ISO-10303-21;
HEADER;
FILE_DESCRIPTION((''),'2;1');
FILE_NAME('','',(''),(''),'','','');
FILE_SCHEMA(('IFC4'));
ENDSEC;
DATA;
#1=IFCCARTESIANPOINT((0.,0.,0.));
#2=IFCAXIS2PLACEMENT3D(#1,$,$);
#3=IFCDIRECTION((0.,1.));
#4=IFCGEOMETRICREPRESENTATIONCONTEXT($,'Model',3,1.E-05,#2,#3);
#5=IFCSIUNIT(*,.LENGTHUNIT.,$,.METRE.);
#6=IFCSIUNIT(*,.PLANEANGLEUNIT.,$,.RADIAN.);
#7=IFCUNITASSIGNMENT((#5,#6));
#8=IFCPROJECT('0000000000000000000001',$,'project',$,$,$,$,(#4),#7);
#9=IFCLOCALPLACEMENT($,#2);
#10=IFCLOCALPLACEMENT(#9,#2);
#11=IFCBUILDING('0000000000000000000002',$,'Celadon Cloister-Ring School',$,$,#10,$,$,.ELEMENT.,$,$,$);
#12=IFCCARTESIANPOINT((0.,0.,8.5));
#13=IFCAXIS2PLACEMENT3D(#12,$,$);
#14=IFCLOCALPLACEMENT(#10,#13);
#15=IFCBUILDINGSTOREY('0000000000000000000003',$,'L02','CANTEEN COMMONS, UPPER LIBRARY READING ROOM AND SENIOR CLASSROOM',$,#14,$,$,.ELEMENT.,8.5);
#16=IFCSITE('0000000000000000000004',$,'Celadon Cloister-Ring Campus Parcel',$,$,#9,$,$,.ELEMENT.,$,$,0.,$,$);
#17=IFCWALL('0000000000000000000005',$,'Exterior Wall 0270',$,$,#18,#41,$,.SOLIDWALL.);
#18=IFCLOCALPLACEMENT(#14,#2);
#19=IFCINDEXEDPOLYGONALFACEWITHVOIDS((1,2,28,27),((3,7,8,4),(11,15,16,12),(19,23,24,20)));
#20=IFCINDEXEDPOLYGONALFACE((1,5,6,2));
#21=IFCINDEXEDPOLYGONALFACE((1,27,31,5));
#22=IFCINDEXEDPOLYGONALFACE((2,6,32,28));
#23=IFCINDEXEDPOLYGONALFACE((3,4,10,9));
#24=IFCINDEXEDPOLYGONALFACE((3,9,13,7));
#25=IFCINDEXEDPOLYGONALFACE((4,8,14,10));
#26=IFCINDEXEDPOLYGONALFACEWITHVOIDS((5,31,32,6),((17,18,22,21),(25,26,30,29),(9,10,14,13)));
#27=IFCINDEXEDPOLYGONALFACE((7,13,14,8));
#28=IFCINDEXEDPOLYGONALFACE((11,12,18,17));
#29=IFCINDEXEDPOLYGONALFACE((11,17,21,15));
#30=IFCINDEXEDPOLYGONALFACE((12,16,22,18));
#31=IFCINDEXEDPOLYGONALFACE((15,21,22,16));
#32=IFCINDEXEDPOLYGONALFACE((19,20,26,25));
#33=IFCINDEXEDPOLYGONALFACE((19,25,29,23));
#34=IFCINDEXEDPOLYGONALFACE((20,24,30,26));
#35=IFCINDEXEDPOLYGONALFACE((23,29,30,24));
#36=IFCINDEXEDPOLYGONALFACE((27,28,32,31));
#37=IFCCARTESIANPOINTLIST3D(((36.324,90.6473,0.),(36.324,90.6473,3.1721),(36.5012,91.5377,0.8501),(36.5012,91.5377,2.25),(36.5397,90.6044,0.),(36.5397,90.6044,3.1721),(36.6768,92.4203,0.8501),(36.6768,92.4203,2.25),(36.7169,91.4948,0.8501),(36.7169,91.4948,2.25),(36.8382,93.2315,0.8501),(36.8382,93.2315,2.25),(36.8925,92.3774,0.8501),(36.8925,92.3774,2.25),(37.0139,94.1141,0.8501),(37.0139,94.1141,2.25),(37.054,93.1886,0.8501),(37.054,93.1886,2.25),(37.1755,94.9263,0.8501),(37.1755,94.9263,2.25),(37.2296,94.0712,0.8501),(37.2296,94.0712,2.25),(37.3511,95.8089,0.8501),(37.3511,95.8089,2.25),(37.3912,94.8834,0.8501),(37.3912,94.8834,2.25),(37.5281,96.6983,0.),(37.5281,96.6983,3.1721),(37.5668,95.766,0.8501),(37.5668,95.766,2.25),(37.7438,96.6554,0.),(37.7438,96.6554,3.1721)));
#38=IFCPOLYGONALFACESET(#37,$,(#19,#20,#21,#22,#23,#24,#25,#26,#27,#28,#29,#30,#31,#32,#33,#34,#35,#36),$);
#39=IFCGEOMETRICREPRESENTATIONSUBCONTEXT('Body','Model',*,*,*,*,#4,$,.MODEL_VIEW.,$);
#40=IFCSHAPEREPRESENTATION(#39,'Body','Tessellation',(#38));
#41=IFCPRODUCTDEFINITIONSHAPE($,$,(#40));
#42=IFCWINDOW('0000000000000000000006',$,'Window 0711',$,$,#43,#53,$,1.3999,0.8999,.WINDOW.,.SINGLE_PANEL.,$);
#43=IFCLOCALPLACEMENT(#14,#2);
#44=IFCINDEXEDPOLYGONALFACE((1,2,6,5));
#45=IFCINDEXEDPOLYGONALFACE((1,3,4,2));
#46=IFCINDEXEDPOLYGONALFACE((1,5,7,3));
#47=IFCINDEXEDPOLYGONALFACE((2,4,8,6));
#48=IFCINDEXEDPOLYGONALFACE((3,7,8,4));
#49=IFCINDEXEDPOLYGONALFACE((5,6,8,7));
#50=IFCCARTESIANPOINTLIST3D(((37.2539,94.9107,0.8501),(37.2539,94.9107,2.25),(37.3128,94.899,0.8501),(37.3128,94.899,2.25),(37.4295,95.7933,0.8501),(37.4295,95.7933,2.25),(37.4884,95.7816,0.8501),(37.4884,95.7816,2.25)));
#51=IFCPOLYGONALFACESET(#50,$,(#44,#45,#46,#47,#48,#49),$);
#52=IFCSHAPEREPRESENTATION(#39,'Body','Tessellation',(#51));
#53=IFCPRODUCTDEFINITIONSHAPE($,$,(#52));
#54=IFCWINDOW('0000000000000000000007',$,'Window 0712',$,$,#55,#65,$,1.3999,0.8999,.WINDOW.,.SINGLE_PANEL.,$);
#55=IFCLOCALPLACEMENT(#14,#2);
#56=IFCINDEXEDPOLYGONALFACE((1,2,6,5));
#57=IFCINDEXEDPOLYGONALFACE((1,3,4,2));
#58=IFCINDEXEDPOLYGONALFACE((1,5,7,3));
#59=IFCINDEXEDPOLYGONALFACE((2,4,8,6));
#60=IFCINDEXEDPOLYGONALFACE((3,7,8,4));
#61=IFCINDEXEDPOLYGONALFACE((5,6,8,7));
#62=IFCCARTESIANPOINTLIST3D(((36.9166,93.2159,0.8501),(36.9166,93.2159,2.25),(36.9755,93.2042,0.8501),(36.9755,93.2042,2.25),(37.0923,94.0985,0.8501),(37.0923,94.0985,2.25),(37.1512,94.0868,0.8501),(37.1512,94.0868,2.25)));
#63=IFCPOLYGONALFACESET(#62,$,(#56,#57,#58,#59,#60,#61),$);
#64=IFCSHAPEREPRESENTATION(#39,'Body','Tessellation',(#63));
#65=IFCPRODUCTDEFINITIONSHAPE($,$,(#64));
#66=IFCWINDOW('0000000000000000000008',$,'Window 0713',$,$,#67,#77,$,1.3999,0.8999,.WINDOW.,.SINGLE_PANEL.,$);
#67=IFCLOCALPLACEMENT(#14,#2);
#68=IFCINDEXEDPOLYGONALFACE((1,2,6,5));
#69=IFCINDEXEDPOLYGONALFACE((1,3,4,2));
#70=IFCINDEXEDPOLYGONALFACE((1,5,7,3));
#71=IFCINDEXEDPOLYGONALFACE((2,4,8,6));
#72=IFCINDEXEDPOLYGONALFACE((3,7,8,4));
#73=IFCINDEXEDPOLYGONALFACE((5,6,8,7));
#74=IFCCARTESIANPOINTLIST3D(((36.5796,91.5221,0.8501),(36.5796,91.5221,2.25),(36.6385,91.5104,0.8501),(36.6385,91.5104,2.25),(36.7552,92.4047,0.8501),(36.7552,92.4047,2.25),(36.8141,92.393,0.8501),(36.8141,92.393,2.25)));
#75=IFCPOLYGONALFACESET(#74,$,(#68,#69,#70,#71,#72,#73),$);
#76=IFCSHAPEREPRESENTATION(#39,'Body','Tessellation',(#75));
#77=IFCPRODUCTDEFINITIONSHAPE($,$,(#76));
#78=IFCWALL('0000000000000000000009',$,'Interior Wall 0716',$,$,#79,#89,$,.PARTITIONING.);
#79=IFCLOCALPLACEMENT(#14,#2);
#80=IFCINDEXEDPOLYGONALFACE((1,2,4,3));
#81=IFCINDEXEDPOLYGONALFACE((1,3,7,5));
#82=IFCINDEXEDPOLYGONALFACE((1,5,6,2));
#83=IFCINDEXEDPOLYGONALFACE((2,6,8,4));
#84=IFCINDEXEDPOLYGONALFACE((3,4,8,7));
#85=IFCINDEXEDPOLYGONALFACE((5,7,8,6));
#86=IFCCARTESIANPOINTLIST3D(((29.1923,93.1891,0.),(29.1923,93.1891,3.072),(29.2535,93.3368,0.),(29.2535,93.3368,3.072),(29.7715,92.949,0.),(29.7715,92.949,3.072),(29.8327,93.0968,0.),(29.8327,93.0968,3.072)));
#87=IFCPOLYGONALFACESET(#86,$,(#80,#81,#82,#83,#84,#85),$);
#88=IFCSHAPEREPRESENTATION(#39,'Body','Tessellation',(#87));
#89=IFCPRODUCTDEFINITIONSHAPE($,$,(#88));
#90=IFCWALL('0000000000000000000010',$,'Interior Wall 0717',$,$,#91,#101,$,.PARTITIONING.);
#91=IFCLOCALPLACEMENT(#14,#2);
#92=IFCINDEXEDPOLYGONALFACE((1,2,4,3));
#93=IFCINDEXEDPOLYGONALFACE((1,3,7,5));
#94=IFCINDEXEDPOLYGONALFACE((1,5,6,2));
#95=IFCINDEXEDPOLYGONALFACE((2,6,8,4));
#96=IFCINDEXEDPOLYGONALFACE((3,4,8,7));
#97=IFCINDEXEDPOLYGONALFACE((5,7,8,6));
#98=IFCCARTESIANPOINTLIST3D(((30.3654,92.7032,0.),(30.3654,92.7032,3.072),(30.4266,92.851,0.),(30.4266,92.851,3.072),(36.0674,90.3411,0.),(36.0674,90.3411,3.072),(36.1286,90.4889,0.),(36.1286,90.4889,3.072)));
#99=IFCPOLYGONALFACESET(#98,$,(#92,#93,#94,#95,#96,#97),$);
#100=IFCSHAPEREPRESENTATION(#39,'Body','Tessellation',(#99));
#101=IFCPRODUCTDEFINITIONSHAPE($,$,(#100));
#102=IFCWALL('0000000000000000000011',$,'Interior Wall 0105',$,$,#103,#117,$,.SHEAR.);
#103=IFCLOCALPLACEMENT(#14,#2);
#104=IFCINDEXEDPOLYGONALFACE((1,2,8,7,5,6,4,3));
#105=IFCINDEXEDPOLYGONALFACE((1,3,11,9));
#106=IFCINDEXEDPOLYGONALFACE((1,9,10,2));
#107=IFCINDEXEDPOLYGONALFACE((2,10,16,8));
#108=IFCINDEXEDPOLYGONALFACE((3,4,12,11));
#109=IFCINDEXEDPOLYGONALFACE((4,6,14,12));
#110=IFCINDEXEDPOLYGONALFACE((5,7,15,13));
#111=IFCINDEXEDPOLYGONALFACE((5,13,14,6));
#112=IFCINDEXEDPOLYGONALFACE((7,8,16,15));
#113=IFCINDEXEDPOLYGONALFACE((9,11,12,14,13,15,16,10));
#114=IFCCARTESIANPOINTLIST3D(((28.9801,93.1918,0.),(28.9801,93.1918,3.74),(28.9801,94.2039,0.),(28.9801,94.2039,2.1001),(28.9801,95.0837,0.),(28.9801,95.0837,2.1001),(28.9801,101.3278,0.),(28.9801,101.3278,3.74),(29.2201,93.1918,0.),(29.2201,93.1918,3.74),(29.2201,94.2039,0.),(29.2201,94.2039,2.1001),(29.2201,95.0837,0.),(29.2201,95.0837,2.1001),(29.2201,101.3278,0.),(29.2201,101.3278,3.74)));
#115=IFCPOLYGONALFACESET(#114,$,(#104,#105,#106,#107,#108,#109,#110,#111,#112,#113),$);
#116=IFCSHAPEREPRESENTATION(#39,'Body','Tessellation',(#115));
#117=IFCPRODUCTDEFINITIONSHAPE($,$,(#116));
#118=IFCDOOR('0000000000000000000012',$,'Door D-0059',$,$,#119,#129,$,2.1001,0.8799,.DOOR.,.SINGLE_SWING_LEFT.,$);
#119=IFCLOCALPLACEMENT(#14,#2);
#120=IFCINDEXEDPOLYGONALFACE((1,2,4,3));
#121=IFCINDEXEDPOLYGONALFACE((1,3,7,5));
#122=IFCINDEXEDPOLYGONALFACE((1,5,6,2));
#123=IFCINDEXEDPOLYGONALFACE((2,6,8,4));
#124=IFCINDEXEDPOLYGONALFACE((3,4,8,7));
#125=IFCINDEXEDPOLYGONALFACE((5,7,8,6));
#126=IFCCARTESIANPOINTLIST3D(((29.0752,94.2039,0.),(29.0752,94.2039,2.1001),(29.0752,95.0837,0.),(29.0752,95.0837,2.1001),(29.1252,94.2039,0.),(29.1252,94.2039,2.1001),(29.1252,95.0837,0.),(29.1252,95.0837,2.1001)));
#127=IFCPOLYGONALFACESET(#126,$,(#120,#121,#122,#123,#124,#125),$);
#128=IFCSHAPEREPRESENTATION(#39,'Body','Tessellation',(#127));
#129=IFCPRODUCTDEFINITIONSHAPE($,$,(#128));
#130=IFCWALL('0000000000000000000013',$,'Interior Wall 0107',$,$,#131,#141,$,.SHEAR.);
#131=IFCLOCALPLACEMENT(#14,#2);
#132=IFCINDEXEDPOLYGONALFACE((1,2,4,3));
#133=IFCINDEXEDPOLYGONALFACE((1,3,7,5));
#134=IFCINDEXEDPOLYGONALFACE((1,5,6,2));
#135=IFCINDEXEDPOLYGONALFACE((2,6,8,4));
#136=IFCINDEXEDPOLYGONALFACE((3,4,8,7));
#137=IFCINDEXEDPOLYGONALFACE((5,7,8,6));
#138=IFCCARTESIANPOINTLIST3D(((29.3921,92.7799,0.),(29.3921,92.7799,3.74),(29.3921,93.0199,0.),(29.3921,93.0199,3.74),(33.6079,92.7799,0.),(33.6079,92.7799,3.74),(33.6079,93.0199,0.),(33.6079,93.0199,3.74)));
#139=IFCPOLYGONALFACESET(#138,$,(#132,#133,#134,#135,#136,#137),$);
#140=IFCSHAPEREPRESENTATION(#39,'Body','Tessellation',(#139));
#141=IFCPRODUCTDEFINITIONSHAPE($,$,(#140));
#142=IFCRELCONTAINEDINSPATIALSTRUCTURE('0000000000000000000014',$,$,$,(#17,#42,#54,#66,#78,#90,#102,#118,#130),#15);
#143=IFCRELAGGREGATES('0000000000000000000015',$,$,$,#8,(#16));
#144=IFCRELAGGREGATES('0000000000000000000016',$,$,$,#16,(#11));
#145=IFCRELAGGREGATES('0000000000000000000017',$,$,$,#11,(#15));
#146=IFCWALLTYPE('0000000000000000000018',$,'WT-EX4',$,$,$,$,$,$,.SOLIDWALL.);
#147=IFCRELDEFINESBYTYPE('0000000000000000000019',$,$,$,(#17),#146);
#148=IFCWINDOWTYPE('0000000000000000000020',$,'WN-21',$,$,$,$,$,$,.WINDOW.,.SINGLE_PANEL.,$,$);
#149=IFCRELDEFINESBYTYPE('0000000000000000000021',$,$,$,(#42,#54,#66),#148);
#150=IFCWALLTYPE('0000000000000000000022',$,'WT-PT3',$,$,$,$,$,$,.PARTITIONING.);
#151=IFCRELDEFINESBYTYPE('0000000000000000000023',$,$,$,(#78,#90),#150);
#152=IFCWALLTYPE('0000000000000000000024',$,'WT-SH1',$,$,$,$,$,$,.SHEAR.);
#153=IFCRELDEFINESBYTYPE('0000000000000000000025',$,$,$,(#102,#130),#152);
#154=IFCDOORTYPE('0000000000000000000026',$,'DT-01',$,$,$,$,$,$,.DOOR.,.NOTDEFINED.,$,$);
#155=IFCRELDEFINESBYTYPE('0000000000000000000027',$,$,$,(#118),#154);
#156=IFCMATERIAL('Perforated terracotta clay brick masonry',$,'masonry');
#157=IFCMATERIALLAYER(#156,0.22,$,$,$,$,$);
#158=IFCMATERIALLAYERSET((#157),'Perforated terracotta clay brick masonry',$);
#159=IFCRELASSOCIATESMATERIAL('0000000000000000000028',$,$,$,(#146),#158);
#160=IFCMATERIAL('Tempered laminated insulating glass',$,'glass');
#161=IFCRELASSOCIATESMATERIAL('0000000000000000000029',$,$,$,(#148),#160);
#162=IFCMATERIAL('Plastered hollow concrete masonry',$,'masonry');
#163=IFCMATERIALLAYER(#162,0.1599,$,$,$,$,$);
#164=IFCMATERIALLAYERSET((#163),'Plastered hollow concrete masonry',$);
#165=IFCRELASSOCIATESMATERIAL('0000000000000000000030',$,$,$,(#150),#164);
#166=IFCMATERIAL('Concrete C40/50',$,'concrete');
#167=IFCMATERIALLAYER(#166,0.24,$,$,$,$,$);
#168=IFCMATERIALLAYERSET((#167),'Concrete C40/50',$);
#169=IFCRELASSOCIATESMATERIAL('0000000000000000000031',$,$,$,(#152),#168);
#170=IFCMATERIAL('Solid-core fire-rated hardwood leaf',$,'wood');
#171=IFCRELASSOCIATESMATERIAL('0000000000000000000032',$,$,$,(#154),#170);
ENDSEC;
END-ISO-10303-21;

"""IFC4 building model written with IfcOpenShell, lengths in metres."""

from ifc_helpers import new_model, si_unit, direction, frame, frame_2d, origin, place, context, subcontext, project, spatial, rectangle, extrude, material, layer, layer_set, type_object, element, fill, save


model = new_model("IFC4")

# Units and contexts
model_context = context("Model", 3, precision=1e-05, world=origin(), true_north=direction((0.0, 1.0)))
body_context = subcontext(model_context, "Body", "Model", "MODEL_VIEW")
ifc_project = project(units=[si_unit("LENGTHUNIT", "METRE"), si_unit("PLANEANGLEUNIT", "RADIAN")], contexts=[model_context])

# Site, building, storey
site_placement = place(None, origin())
site = spatial("IfcSite", under=ifc_project, at=site_placement, Name="Celadon Cloister-Ring Campus Parcel", CompositionType="ELEMENT", RefElevation=0.0)
building_placement = place(site_placement, origin())
building = spatial("IfcBuilding", under=site, at=building_placement, Name="Celadon Cloister-Ring School", CompositionType="ELEMENT")
storey_placement = place(building_placement, frame((0.0, 0.0, 8.5)))
storey = spatial("IfcBuildingStorey", under=building, at=storey_placement, Name="L02", Description="CANTEEN COMMONS, UPPER LIBRARY READING ROOM AND SENIOR CLASSROOM", CompositionType="ELEMENT", Elevation=8.5)

# Wall, openings, windows
ifc_material_1 = material(Name="Perforated terracotta clay brick masonry", Category="masonry")
ifc_layer_1 = layer(ifc_material_1, 0.22)
ifc_layer_set_1 = layer_set([ifc_layer_1], Name="Perforated terracotta clay brick masonry")
wall_type_1 = type_object("IfcWallType", Name="WT-EX4", PredefinedType="SOLIDWALL", material=ifc_layer_set_1)
ifc_material_2 = material(Name="Tempered laminated insulating glass", Category="glass")
window_type = type_object("IfcWindowType", Name="WN-21", PartitioningType="SINGLE_PANEL", PredefinedType="WINDOW", material=ifc_material_2)
wall_1_placement = place(storey_placement, frame((37.636, 96.677, 0.0), z_axis=(0.0, 0.0, 1.0), x_axis=(-0.195165, -0.98077, 0.0)))
wall_1 = element("IfcWall", 1, at=wall_1_placement, inside=storey, type_object=wall_type_1, Name="Exterior Wall 0270", PredefinedType="SOLIDWALL", context=body_context, shape_type="SweptSolid", body=[
    extrude(rectangle(XDim=6.1697, YDim=0.22, at=frame_2d((3.085, 0.0))), origin(), (0.0, 0.0, 1.0), 3.1721),
])
opening_1_placement = place(wall_1_placement, frame((0.907, 0.0, 0.8501)))
opening_1 = element("IfcOpeningElement", 2, at=opening_1_placement, cuts=wall_1, PredefinedType="OPENING", context=body_context, shape_type="SweptSolid", body=[
    extrude(rectangle(XDim=0.8999, YDim=1.3999, at=frame_2d((0.45, 0.7))), frame((0.0, 0.1201, 0.0), z_axis=(0.0, -1.0, 0.0), x_axis=(1.0, 0.0, 0.0)), (0.0, 0.0, 1.0), 0.24),
])
opening_2_placement = place(wall_1_placement, frame((2.635, 0.0, 0.8501)))
opening_2 = element("IfcOpeningElement", 3, at=opening_2_placement, cuts=wall_1, PredefinedType="OPENING", context=body_context, shape_type="SweptSolid", body=[
    extrude(rectangle(XDim=0.8999, YDim=1.3999, at=frame_2d((0.45, 0.7))), frame((0.0, 0.1201, 0.0), z_axis=(0.0, -1.0, 0.0), x_axis=(1.0, 0.0, 0.0)), (0.0, 0.0, 1.0), 0.24),
])
opening_3_placement = place(wall_1_placement, frame((4.3621, 0.0, 0.8501)))
opening_3 = element("IfcOpeningElement", 4, at=opening_3_placement, cuts=wall_1, PredefinedType="OPENING", context=body_context, shape_type="SweptSolid", body=[
    extrude(rectangle(XDim=0.8999, YDim=1.3999, at=frame_2d((0.45, 0.7))), frame((0.0, 0.1201, 0.0), z_axis=(0.0, -1.0, 0.0), x_axis=(1.0, 0.0, 0.0)), (0.0, 0.0, 1.0), 0.24),
])
window_1_placement = place(opening_1_placement, origin())
window_1 = element("IfcWindow", 5, at=window_1_placement, inside=storey, type_object=window_type, Name="Window 0711", OverallHeight=1.3999, OverallWidth=0.8999, PartitioningType="SINGLE_PANEL", PredefinedType="WINDOW", context=body_context, shape_type="SweptSolid", body=[
    extrude(rectangle(XDim=0.8999, YDim=1.3999, at=frame_2d((0.45, 0.7))), frame((0.0, 0.03, 0.0), z_axis=(0.0, -1.0, 0.0), x_axis=(1.0, 0.0, 0.0)), (0.0, 0.0, 1.0), 0.0601),
])
fill(opening_1, window_1)
window_2_placement = place(opening_2_placement, origin())
window_2 = element("IfcWindow", 6, at=window_2_placement, inside=storey, type_object=window_type, Name="Window 0712", OverallHeight=1.3999, OverallWidth=0.8999, PartitioningType="SINGLE_PANEL", PredefinedType="WINDOW", context=body_context, shape_type="SweptSolid", body=[
    extrude(rectangle(XDim=0.8999, YDim=1.3999, at=frame_2d((0.45, 0.7))), frame((0.0, 0.03, 0.0), z_axis=(0.0, -1.0, 0.0), x_axis=(1.0, 0.0, 0.0)), (0.0, 0.0, 1.0), 0.0601),
])
fill(opening_2, window_2)
window_3_placement = place(opening_3_placement, origin())
window_3 = element("IfcWindow", 7, at=window_3_placement, inside=storey, type_object=window_type, Name="Window 0713", OverallHeight=1.3999, OverallWidth=0.8999, PartitioningType="SINGLE_PANEL", PredefinedType="WINDOW", context=body_context, shape_type="SweptSolid", body=[
    extrude(rectangle(XDim=0.8999, YDim=1.3999, at=frame_2d((0.45, 0.7))), frame((0.0, 0.03, 0.0), z_axis=(0.0, -1.0, 0.0), x_axis=(1.0, 0.0, 0.0)), (0.0, 0.0, 1.0), 0.0601),
])
fill(opening_3, window_3)

# Walls
ifc_material_3 = material(Name="Plastered hollow concrete masonry", Category="masonry")
ifc_layer_2 = layer(ifc_material_3, 0.1599)
ifc_layer_set_2 = layer_set([ifc_layer_2], Name="Plastered hollow concrete masonry")
wall_type_2 = type_object("IfcWallType", Name="WT-PT3", PredefinedType="PARTITIONING", material=ifc_layer_set_2)
wall_2_placement = place(storey_placement, frame((29.2229, 93.2629, 0.0), z_axis=(0.0, 0.0, 1.0), x_axis=(0.923813, -0.382845, 0.0)))
element("IfcWall", 8, at=wall_2_placement, inside=storey, type_object=wall_type_2, Name="Interior Wall 0716", PredefinedType="PARTITIONING", context=body_context, shape_type="SweptSolid", body=[
    extrude(rectangle(XDim=0.627, YDim=0.1599, at=frame_2d((0.3135, 0.0))), origin(), (0.0, 0.0, 1.0), 3.072),
])
wall_3_placement = place(storey_placement, frame((30.396, 92.7771, 0.0), z_axis=(0.0, 0.0, 1.0), x_axis=(0.923865, -0.382719, 0.0)))
element("IfcWall", 9, at=wall_3_placement, inside=storey, type_object=wall_type_2, Name="Interior Wall 0717", PredefinedType="PARTITIONING", context=body_context, shape_type="SweptSolid", body=[
    extrude(rectangle(XDim=6.1719, YDim=0.1599, at=frame_2d((3.0859, 0.0))), origin(), (0.0, 0.0, 1.0), 3.072),
])

# Wall, opening, door
ifc_material_4 = material(Name="Concrete C40/50", Category="concrete")
ifc_layer_3 = layer(ifc_material_4, 0.24)
ifc_layer_set_3 = layer_set([ifc_layer_3], Name="Concrete C40/50")
wall_type_3 = type_object("IfcWallType", Name="WT-SH1", PredefinedType="SHEAR", material=ifc_layer_set_3)
wall_4_placement = place(storey_placement, frame((29.1001, 93.1919, 0.0), z_axis=(0.0, 0.0, 1.0), x_axis=(0.0, 1.0, 0.0)))
wall_4 = element("IfcWall", 10, at=wall_4_placement, inside=storey, type_object=wall_type_3, Name="Interior Wall 0105", PredefinedType="SHEAR", context=body_context, shape_type="SweptSolid", body=[
    extrude(rectangle(XDim=8.136, YDim=0.24, at=frame_2d((4.0679, 0.0))), origin(), (0.0, 0.0, 1.0), 3.74),
])
opening_4_placement = place(wall_4_placement, frame((1.012, 0.0, 0.0)))
opening_4 = element("IfcOpeningElement", 11, at=opening_4_placement, cuts=wall_4, PredefinedType="OPENING", context=body_context, shape_type="SweptSolid", body=[
    extrude(rectangle(XDim=0.8799, YDim=2.1001, at=frame_2d((0.4399, 1.05))), frame((0.0, 0.1299, 0.0), z_axis=(0.0, -1.0, 0.0), x_axis=(1.0, 0.0, 0.0)), (0.0, 0.0, 1.0), 0.26),
])
ifc_material_5 = material(Name="Solid-core fire-rated hardwood leaf", Category="wood")
door_type = type_object("IfcDoorType", Name="DT-01", OperationType="NOTDEFINED", PredefinedType="DOOR", material=ifc_material_5)
door_placement = place(opening_4_placement, origin())
door = element("IfcDoor", 12, at=door_placement, inside=storey, type_object=door_type, Name="Door D-0059", OperationType="SINGLE_SWING_LEFT", OverallHeight=2.1001, OverallWidth=0.8799, PredefinedType="DOOR", context=body_context, shape_type="SweptSolid", body=[
    extrude(rectangle(XDim=0.8799, YDim=2.1001, at=frame_2d((0.4399, 1.05))), frame((0.0, 0.0249, 0.0), z_axis=(0.0, -1.0, 0.0), x_axis=(1.0, 0.0, 0.0)), (0.0, 0.0, 1.0), 0.05),
])
fill(opening_4, door)

# Wall
wall_5_placement = place(storey_placement, frame((33.6079, 92.8999, 0.0), z_axis=(0.0, 0.0, 1.0), x_axis=(-1.0, 0.0, 0.0)))
element("IfcWall", 13, at=wall_5_placement, inside=storey, type_object=wall_type_3, Name="Interior Wall 0107", PredefinedType="SHEAR", context=body_context, shape_type="SweptSolid", body=[
    extrude(rectangle(XDim=4.2158, YDim=0.24, at=frame_2d((2.1079, 0.0))), origin(), (0.0, 0.0, 1.0), 3.74),
])

save(model, "model.ifc")
